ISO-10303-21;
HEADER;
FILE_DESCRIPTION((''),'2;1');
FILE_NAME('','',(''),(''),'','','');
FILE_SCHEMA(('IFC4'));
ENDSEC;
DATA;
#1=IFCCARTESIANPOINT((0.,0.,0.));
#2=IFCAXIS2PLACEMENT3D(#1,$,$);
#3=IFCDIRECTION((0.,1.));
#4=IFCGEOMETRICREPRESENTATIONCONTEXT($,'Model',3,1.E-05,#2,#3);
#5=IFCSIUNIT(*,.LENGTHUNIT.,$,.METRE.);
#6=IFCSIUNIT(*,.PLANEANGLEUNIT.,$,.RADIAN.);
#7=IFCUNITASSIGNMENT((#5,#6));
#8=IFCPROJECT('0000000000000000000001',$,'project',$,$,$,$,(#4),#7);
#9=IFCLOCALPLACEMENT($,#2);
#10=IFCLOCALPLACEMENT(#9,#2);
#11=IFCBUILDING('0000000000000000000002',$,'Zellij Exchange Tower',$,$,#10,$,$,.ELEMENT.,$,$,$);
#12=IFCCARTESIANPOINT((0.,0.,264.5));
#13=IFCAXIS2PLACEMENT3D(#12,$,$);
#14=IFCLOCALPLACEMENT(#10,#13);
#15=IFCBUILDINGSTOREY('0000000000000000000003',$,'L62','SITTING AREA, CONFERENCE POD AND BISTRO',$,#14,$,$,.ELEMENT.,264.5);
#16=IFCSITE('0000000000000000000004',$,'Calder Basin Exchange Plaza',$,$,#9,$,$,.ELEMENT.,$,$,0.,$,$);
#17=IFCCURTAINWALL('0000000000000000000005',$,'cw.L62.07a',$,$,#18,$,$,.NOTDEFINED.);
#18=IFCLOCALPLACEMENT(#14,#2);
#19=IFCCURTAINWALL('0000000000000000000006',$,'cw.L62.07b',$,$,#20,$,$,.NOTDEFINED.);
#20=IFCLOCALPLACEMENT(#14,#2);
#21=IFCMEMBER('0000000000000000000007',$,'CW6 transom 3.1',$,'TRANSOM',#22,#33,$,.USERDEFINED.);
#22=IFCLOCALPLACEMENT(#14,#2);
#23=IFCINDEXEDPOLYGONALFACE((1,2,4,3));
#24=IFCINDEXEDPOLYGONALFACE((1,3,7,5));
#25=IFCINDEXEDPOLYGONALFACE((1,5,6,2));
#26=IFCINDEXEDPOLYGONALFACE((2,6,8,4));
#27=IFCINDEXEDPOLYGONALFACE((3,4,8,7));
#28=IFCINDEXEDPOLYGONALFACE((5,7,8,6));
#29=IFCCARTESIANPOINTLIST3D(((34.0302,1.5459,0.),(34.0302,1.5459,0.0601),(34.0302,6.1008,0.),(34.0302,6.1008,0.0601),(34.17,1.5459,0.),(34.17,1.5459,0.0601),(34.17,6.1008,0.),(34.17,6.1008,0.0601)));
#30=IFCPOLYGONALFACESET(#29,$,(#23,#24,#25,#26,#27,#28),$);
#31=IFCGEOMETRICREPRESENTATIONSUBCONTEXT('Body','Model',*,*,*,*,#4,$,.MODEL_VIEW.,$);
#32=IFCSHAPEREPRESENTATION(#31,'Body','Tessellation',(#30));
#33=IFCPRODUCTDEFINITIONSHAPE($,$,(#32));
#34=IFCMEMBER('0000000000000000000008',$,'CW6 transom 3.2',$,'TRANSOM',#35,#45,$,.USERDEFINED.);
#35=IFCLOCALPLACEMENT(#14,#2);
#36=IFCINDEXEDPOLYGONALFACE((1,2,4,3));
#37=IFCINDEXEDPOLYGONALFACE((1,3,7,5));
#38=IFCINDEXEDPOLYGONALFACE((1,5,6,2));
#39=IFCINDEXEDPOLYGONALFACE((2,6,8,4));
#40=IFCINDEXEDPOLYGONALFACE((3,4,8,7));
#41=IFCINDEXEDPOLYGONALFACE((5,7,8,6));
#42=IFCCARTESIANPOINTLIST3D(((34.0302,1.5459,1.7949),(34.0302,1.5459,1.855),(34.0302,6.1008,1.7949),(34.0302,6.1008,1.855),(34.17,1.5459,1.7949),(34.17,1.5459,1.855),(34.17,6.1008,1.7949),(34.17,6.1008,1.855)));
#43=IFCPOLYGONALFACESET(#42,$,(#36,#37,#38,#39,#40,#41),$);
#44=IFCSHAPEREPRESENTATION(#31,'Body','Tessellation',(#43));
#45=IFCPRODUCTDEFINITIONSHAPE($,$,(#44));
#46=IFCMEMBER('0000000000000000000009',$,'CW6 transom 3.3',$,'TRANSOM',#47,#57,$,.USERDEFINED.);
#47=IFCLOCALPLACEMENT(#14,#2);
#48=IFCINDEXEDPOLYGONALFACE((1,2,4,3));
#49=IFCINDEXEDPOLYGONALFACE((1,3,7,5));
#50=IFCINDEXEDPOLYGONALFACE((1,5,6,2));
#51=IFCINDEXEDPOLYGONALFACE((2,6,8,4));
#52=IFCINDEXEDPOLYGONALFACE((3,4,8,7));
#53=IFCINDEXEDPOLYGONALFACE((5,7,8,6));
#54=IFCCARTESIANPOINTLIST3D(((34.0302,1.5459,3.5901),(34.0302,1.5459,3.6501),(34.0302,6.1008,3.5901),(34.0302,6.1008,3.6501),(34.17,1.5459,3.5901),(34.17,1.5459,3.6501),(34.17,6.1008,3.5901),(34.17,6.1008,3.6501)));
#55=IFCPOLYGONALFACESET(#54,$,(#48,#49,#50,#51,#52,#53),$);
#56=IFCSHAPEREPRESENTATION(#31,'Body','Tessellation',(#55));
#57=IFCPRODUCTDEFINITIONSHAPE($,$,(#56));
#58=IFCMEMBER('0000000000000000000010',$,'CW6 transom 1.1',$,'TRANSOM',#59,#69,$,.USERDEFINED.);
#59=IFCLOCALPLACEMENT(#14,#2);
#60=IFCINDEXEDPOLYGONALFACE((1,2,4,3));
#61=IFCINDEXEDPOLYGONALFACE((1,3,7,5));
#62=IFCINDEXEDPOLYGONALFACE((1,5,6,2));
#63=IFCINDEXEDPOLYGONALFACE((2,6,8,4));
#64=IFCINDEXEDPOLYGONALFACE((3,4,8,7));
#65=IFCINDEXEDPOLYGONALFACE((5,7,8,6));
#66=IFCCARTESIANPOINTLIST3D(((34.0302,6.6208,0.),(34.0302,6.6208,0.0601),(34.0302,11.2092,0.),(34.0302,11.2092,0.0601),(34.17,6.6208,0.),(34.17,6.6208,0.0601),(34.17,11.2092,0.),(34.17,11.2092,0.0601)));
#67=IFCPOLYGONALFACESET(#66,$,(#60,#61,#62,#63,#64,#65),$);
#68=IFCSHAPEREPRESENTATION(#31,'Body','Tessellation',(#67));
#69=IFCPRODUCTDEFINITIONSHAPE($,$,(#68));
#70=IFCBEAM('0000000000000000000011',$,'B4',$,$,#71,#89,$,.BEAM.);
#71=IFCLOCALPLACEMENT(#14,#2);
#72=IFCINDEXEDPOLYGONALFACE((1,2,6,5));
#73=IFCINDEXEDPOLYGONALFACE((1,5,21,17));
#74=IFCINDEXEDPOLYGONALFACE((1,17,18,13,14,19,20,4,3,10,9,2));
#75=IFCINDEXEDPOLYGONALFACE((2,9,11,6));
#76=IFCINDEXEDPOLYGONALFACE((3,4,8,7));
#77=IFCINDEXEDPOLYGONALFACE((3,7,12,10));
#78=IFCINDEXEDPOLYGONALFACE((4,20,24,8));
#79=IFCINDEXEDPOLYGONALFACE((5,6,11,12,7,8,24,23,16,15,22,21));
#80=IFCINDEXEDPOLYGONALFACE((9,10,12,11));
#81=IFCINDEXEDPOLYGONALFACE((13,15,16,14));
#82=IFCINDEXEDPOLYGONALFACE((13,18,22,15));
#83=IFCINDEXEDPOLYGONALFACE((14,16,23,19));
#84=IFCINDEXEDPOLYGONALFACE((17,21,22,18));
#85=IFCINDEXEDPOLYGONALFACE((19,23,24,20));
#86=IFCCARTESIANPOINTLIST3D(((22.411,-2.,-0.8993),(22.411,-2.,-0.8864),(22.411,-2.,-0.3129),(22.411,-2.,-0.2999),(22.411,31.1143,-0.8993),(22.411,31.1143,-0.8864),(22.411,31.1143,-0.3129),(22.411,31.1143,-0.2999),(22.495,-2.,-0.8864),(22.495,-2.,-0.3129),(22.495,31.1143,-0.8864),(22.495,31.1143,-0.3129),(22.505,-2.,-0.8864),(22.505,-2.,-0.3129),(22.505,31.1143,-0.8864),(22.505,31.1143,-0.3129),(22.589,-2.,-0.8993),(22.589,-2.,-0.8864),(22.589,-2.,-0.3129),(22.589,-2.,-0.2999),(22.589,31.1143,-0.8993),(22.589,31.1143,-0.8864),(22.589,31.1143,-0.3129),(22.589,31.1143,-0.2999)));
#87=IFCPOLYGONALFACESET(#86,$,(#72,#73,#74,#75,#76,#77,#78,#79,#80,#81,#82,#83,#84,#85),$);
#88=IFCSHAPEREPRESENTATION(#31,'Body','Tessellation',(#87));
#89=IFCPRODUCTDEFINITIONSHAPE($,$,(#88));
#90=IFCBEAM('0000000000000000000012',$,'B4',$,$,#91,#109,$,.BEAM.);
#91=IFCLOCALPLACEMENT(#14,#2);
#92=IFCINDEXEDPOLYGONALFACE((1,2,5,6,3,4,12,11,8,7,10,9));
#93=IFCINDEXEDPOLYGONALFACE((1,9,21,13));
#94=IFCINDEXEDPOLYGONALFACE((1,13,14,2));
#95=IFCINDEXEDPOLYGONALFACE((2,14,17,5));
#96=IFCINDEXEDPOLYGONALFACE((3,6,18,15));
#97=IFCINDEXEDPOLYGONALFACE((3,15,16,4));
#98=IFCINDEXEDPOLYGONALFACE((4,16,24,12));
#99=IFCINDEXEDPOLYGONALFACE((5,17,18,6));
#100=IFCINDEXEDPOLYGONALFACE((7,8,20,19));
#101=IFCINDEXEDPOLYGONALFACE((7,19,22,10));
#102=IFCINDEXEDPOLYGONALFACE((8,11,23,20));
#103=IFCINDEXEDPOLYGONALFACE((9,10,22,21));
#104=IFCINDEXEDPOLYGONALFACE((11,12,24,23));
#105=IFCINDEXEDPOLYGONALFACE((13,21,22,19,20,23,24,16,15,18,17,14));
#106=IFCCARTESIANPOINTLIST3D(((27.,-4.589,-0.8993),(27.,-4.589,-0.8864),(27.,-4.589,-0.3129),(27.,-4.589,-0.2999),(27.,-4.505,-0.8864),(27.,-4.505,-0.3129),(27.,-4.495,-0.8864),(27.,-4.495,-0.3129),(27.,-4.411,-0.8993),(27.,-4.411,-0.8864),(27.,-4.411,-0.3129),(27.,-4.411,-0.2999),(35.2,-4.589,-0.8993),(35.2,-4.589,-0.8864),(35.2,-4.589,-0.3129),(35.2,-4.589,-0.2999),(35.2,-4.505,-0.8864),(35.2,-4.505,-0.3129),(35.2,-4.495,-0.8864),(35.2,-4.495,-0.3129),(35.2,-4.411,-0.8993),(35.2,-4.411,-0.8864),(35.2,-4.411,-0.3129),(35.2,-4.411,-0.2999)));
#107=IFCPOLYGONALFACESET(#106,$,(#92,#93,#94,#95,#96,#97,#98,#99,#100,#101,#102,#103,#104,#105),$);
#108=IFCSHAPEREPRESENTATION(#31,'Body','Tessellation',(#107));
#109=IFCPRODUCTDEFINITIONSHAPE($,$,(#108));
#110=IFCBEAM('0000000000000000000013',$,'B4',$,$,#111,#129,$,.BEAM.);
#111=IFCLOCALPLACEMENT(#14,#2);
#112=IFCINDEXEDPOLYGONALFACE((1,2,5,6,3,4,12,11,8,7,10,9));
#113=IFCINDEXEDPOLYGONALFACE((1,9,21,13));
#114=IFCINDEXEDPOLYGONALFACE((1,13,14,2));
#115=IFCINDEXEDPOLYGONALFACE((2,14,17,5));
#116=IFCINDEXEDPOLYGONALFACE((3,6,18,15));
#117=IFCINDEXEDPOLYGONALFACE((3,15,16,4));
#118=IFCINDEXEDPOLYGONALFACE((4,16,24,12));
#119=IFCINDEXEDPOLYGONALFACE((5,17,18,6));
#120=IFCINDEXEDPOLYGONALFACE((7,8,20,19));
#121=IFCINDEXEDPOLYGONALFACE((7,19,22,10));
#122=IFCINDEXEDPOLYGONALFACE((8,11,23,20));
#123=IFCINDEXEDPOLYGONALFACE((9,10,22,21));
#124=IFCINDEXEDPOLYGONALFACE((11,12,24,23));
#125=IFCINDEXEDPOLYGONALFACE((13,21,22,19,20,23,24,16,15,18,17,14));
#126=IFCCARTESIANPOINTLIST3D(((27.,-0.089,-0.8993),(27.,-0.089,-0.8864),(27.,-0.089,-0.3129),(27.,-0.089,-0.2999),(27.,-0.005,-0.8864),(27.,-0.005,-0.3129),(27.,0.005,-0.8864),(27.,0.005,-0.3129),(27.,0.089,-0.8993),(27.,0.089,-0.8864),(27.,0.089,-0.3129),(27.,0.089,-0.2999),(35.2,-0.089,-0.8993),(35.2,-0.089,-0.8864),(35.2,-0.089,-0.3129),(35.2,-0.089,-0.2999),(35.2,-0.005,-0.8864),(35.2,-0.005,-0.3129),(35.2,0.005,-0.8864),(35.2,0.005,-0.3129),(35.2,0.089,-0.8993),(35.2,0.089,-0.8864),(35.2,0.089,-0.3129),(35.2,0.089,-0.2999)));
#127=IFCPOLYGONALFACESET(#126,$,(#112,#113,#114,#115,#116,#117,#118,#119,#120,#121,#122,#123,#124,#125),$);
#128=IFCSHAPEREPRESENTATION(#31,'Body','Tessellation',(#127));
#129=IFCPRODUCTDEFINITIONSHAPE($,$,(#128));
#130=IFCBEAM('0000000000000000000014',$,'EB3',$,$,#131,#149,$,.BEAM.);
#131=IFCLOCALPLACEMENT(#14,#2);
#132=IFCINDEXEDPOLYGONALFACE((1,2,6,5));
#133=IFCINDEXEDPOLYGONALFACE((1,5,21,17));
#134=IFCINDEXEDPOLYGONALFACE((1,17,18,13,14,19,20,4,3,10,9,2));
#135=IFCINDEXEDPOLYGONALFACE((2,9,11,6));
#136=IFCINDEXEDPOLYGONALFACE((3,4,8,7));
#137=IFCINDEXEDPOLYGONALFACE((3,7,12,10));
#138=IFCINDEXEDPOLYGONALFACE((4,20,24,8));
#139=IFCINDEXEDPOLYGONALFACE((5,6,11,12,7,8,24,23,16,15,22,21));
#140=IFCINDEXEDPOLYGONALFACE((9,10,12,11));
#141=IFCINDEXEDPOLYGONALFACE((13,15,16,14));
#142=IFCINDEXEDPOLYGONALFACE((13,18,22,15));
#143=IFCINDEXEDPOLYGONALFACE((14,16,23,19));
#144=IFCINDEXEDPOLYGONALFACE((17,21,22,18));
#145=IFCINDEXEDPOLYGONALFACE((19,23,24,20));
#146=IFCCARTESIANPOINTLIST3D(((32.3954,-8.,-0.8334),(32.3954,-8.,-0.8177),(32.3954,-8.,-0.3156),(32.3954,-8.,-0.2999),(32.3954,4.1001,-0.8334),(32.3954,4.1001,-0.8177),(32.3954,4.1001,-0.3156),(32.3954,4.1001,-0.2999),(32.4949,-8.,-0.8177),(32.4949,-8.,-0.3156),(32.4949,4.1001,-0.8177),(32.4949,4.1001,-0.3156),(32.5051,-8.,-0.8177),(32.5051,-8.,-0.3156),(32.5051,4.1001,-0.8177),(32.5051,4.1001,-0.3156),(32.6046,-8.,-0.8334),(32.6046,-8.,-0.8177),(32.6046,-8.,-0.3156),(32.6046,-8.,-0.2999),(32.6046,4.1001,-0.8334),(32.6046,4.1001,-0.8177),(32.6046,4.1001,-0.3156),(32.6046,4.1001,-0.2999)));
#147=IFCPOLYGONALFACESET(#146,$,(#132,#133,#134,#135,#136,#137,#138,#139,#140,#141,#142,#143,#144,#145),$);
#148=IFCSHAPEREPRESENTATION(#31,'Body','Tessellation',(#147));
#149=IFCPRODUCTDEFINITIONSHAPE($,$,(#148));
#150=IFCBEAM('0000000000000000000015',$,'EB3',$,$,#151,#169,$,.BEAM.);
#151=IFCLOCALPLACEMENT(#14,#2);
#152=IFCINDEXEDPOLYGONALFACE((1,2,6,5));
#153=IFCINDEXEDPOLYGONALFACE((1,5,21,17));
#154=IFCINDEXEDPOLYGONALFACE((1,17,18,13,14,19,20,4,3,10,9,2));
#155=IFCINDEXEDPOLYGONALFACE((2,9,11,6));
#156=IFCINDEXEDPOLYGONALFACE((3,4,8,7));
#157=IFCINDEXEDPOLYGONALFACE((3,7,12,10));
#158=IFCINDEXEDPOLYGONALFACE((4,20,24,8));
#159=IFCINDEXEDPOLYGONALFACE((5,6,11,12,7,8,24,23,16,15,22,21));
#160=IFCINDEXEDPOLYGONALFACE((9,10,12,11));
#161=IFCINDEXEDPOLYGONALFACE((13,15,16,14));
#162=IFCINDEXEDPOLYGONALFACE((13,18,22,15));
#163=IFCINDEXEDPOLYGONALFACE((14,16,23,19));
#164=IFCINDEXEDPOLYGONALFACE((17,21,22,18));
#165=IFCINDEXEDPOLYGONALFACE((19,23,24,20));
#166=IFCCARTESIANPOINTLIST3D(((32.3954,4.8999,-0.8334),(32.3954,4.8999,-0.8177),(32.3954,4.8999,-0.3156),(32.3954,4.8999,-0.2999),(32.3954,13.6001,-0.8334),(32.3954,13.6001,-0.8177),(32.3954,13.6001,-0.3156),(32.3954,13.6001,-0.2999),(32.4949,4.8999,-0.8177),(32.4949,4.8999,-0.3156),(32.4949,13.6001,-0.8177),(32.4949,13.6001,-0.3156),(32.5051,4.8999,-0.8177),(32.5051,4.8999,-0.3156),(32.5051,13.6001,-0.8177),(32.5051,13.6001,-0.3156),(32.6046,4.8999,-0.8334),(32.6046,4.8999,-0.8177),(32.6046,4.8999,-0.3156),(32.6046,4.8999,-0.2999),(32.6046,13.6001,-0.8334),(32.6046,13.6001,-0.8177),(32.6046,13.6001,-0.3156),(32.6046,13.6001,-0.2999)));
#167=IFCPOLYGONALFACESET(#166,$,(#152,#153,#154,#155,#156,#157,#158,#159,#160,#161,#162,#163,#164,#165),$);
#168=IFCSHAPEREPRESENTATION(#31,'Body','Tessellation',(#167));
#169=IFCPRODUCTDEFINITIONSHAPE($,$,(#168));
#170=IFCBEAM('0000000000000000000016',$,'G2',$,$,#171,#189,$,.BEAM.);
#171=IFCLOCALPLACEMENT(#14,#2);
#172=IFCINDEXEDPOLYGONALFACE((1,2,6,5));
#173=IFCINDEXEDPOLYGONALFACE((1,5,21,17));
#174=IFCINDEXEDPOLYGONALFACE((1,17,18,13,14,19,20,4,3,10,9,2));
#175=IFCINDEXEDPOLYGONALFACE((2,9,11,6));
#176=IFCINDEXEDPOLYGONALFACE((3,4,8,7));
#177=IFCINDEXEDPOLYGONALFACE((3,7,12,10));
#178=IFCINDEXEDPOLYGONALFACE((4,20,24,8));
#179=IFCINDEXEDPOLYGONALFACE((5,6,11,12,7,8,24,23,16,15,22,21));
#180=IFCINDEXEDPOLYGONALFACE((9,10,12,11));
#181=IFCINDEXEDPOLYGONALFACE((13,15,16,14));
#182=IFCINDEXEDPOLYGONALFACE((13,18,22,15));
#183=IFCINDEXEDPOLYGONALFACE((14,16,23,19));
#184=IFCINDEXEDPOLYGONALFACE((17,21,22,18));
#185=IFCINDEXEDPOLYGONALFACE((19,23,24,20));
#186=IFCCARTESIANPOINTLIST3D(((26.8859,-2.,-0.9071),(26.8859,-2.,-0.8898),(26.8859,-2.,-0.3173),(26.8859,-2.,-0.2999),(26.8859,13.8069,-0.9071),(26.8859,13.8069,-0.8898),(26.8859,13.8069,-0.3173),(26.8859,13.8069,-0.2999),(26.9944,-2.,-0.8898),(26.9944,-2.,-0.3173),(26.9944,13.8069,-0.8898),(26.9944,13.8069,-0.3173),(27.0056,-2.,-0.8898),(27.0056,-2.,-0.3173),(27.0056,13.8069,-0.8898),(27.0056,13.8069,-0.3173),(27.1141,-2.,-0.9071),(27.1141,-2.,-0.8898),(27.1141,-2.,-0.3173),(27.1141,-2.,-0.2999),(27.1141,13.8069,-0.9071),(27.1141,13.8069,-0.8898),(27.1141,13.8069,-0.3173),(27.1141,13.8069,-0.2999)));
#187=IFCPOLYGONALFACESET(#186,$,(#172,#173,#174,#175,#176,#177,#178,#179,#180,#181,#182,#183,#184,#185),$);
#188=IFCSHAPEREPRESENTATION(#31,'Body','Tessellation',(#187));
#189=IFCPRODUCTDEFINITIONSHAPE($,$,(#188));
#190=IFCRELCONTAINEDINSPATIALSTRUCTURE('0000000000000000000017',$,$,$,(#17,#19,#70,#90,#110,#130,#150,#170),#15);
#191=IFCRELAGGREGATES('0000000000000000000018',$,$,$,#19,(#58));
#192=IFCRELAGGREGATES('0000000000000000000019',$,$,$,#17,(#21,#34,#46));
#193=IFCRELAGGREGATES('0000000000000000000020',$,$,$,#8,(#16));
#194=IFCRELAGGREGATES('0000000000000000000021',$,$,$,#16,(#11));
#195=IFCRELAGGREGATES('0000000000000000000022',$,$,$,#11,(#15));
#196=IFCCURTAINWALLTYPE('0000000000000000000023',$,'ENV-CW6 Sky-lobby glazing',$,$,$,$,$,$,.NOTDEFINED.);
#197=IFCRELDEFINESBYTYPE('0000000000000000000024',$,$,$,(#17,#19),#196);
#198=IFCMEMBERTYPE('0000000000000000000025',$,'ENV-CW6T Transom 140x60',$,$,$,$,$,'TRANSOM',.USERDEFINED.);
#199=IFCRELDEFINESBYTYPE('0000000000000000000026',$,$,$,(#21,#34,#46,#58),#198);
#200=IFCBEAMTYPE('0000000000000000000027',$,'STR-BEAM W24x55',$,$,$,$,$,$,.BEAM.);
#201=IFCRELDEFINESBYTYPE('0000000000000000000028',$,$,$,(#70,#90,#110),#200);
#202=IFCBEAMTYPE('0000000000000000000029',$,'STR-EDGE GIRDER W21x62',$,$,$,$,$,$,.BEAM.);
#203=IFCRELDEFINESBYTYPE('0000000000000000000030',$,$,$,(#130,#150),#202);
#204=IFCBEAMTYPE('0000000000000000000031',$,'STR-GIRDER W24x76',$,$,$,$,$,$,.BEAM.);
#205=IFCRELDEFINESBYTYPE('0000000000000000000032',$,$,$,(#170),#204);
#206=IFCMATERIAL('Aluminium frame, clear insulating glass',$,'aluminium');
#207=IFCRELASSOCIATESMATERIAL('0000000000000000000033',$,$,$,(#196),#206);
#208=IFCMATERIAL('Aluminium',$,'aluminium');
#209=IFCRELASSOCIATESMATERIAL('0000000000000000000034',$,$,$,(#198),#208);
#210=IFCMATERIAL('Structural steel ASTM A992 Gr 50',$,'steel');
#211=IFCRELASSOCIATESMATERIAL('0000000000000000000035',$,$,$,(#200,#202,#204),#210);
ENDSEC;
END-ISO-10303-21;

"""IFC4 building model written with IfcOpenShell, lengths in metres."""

from ifc_helpers import new_model, si_unit, direction, frame, origin, origin_2d, place, context, subcontext, project, spatial, rectangle, i_section, extrude, material, material_profile, profile_set, type_object, element, aggregate, save


model = new_model("IFC4")

# Units and contexts
model_context = context("Model", 3, precision=1e-05, world=origin(), true_north=direction((0.0, 1.0)))
body_context = subcontext(model_context, "Body", "Model", "MODEL_VIEW")
ifc_project = project(units=[si_unit("LENGTHUNIT", "METRE"), si_unit("PLANEANGLEUNIT", "RADIAN")], contexts=[model_context])

# Site, building, storey
site_placement = place(None, origin())
site = spatial("IfcSite", under=ifc_project, at=site_placement, Name="Calder Basin Exchange Plaza", CompositionType="ELEMENT", RefElevation=0.0)
building_placement = place(site_placement, origin())
building = spatial("IfcBuilding", under=site, at=building_placement, Name="Zellij Exchange Tower", CompositionType="ELEMENT")
storey_placement = place(building_placement, frame((0.0, 0.0, 264.5)))
storey = spatial("IfcBuildingStorey", under=building, at=storey_placement, Name="L62", Description="SITTING AREA, CONFERENCE POD AND BISTRO", CompositionType="ELEMENT", Elevation=264.5)

# Shared definitions
ifc_material_1 = material(Name="Structural steel ASTM A992 Gr 50", Category="steel")

# Curtain wall
ifc_material_2 = material(Name="Aluminium frame, clear insulating glass", Category="aluminium")
curtain_wall_type = type_object("IfcCurtainWallType", Name="ENV-CW6 Sky-lobby glazing", PredefinedType="NOTDEFINED", material=ifc_material_2)
curtain_wall_1_placement = place(storey_placement, origin())
curtain_wall_1 = element("IfcCurtainWall", 1, at=curtain_wall_1_placement, inside=storey, type_object=curtain_wall_type, Name="cw.L62.07a", PredefinedType="NOTDEFINED")
ifc_material_3 = material(Name="Aluminium", Category="aluminium")

# Curtain wall
curtain_wall_2_placement = place(storey_placement, origin())
curtain_wall_2 = element("IfcCurtainWall", 2, at=curtain_wall_2_placement, inside=storey, type_object=curtain_wall_type, Name="cw.L62.07b", PredefinedType="NOTDEFINED")

# Members
ifc_material_profile_1 = material_profile(ifc_material_3, rectangle(XDim=0.1399, YDim=0.0601, at=origin_2d()), Name="AL 140x60")
ifc_profile_set_1 = profile_set([ifc_material_profile_1], Name="Aluminium")
member_type_1 = type_object("IfcMemberType", Name="ENV-CW6T Transom 140x60", ElementType="TRANSOM", PredefinedType="USERDEFINED", material=ifc_profile_set_1)
member_1_placement = place(storey_placement, frame((34.1001, 1.5459, 0.03), z_axis=(0.0, 1.0, 0.0), x_axis=(-1.0, 0.0, 0.0)))
member_1 = element("IfcMember", 3, at=member_1_placement, type_object=member_type_1, Name="CW6 transom 3.1", ObjectType="TRANSOM", PredefinedType="USERDEFINED", context=body_context, shape_type="SweptSolid", body=[
    extrude(rectangle(XDim=0.1399, YDim=0.0601, at=origin_2d()), origin(), (0.0, 0.0, 1.0), 4.5549),
])
member_2_placement = place(storey_placement, frame((34.1001, 1.5459, 1.825), z_axis=(0.0, 1.0, 0.0), x_axis=(-1.0, 0.0, 0.0)))
member_2 = element("IfcMember", 4, at=member_2_placement, type_object=member_type_1, Name="CW6 transom 3.2", ObjectType="TRANSOM", PredefinedType="USERDEFINED", context=body_context, shape_type="SweptSolid", body=[
    extrude(rectangle(XDim=0.1399, YDim=0.0601, at=origin_2d()), origin(), (0.0, 0.0, 1.0), 4.5549),
])
member_3_placement = place(storey_placement, frame((34.1001, 1.5459, 3.6201), z_axis=(0.0, 1.0, 0.0), x_axis=(-1.0, 0.0, 0.0)))
member_3 = element("IfcMember", 5, at=member_3_placement, type_object=member_type_1, Name="CW6 transom 3.3", ObjectType="TRANSOM", PredefinedType="USERDEFINED", context=body_context, shape_type="SweptSolid", body=[
    extrude(rectangle(XDim=0.1399, YDim=0.0601, at=origin_2d()), origin(), (0.0, 0.0, 1.0), 4.5549),
])
member_4_placement = place(storey_placement, frame((34.1001, 6.6208, 0.03), z_axis=(0.0, 1.0, 0.0), x_axis=(-1.0, 0.0, 0.0)))
member_4 = element("IfcMember", 6, at=member_4_placement, type_object=member_type_1, Name="CW6 transom 1.1", ObjectType="TRANSOM", PredefinedType="USERDEFINED", context=body_context, shape_type="SweptSolid", body=[
    extrude(rectangle(XDim=0.1399, YDim=0.0601, at=origin_2d()), origin(), (0.0, 0.0, 1.0), 4.5884),
])
aggregate(curtain_wall_2, [member_4])

# Beams
ifc_material_profile_2 = material_profile(ifc_material_1, i_section(OverallWidth=0.178, OverallDepth=0.5994, WebThickness=0.01, FlangeThickness=0.0129, at=origin_2d()), Name="W24x55")
ifc_profile_set_2 = profile_set([ifc_material_profile_2], Name="Structural steel ASTM A992 Gr 50")
beam_type_1 = type_object("IfcBeamType", Name="STR-BEAM W24x55", PredefinedType="BEAM", material=ifc_profile_set_2)
beam_1_placement = place(storey_placement, frame((22.5, -2.0, -0.5996), z_axis=(0.0, 1.0, 0.0), x_axis=(-1.0, 0.0, 0.0)))
element("IfcBeam", 7, at=beam_1_placement, inside=storey, type_object=beam_type_1, Name="B4", PredefinedType="BEAM", context=body_context, shape_type="SweptSolid", body=[
    extrude(i_section(OverallWidth=0.178, OverallDepth=0.5994, WebThickness=0.01, FlangeThickness=0.0129, at=origin_2d()), origin(), (0.0, 0.0, 1.0), 33.1143),
])
for number, where, z_axis, x_axis, name in (
    (8, (27.0, -4.5, -0.5996), (1.0, 0.0, 0.0), (0.0, 1.0, 0.0), "B4"),
    (9, (27.0, 0.0, -0.5996), (1.0, 0.0, 0.0), (0.0, 1.0, 0.0), "B4"),
):
    element("IfcBeam", number, at=place(storey_placement, frame(where, z_axis=z_axis, x_axis=x_axis)), inside=storey, type_object=beam_type_1, Name=name, PredefinedType="BEAM", context=body_context, shape_type="SweptSolid", body=[
        extrude(i_section(OverallWidth=0.178, OverallDepth=0.5994, WebThickness=0.01, FlangeThickness=0.0129, at=origin_2d()), origin(), (0.0, 0.0, 1.0), 8.2),
    ])
ifc_material_profile_3 = material_profile(ifc_material_1, i_section(OverallWidth=0.2092, OverallDepth=0.5334, WebThickness=0.0103, FlangeThickness=0.0156, at=origin_2d()), Name="W21x62")
ifc_profile_set_3 = profile_set([ifc_material_profile_3], Name="Structural steel ASTM A992 Gr 50")
beam_type_2 = type_object("IfcBeamType", Name="STR-EDGE GIRDER W21x62", PredefinedType="BEAM", material=ifc_profile_set_3)
beam_2_placement = place(storey_placement, frame((32.5, -8.0, -0.5667), z_axis=(0.0, 1.0, 0.0), x_axis=(-1.0, 0.0, 0.0)))
element("IfcBeam", 10, at=beam_2_placement, inside=storey, type_object=beam_type_2, Name="EB3", PredefinedType="BEAM", context=body_context, shape_type="SweptSolid", body=[
    extrude(i_section(OverallWidth=0.2092, OverallDepth=0.5334, WebThickness=0.0103, FlangeThickness=0.0156, at=origin_2d()), origin(), (0.0, 0.0, 1.0), 12.1001),
])
beam_3_placement = place(storey_placement, frame((32.5, 4.8999, -0.5667), z_axis=(0.0, 1.0, 0.0), x_axis=(-1.0, 0.0, 0.0)))
element("IfcBeam", 11, at=beam_3_placement, inside=storey, type_object=beam_type_2, Name="EB3", PredefinedType="BEAM", context=body_context, shape_type="SweptSolid", body=[
    extrude(i_section(OverallWidth=0.2092, OverallDepth=0.5334, WebThickness=0.0103, FlangeThickness=0.0156, at=origin_2d()), origin(), (0.0, 0.0, 1.0), 8.7002),
])
ifc_material_profile_4 = material_profile(ifc_material_1, i_section(OverallWidth=0.2283, OverallDepth=0.6072, WebThickness=0.0112, FlangeThickness=0.0173, at=origin_2d()), Name="W24x76")
ifc_profile_set_4 = profile_set([ifc_material_profile_4], Name="Structural steel ASTM A992 Gr 50")
beam_type_3 = type_object("IfcBeamType", Name="STR-GIRDER W24x76", PredefinedType="BEAM", material=ifc_profile_set_4)
beam_4_placement = place(storey_placement, frame((27.0, -2.0, -0.6035), z_axis=(0.0, 1.0, 0.0), x_axis=(-1.0, 0.0, 0.0)))
element("IfcBeam", 12, at=beam_4_placement, inside=storey, type_object=beam_type_3, Name="G2", PredefinedType="BEAM", context=body_context, shape_type="SweptSolid", body=[
    extrude(i_section(OverallWidth=0.2283, OverallDepth=0.6072, WebThickness=0.0112, FlangeThickness=0.0173, at=origin_2d()), origin(), (0.0, 0.0, 1.0), 15.8069),
])

aggregate(curtain_wall_1, [member_1, member_2, member_3])

save(model, "model.ifc")
